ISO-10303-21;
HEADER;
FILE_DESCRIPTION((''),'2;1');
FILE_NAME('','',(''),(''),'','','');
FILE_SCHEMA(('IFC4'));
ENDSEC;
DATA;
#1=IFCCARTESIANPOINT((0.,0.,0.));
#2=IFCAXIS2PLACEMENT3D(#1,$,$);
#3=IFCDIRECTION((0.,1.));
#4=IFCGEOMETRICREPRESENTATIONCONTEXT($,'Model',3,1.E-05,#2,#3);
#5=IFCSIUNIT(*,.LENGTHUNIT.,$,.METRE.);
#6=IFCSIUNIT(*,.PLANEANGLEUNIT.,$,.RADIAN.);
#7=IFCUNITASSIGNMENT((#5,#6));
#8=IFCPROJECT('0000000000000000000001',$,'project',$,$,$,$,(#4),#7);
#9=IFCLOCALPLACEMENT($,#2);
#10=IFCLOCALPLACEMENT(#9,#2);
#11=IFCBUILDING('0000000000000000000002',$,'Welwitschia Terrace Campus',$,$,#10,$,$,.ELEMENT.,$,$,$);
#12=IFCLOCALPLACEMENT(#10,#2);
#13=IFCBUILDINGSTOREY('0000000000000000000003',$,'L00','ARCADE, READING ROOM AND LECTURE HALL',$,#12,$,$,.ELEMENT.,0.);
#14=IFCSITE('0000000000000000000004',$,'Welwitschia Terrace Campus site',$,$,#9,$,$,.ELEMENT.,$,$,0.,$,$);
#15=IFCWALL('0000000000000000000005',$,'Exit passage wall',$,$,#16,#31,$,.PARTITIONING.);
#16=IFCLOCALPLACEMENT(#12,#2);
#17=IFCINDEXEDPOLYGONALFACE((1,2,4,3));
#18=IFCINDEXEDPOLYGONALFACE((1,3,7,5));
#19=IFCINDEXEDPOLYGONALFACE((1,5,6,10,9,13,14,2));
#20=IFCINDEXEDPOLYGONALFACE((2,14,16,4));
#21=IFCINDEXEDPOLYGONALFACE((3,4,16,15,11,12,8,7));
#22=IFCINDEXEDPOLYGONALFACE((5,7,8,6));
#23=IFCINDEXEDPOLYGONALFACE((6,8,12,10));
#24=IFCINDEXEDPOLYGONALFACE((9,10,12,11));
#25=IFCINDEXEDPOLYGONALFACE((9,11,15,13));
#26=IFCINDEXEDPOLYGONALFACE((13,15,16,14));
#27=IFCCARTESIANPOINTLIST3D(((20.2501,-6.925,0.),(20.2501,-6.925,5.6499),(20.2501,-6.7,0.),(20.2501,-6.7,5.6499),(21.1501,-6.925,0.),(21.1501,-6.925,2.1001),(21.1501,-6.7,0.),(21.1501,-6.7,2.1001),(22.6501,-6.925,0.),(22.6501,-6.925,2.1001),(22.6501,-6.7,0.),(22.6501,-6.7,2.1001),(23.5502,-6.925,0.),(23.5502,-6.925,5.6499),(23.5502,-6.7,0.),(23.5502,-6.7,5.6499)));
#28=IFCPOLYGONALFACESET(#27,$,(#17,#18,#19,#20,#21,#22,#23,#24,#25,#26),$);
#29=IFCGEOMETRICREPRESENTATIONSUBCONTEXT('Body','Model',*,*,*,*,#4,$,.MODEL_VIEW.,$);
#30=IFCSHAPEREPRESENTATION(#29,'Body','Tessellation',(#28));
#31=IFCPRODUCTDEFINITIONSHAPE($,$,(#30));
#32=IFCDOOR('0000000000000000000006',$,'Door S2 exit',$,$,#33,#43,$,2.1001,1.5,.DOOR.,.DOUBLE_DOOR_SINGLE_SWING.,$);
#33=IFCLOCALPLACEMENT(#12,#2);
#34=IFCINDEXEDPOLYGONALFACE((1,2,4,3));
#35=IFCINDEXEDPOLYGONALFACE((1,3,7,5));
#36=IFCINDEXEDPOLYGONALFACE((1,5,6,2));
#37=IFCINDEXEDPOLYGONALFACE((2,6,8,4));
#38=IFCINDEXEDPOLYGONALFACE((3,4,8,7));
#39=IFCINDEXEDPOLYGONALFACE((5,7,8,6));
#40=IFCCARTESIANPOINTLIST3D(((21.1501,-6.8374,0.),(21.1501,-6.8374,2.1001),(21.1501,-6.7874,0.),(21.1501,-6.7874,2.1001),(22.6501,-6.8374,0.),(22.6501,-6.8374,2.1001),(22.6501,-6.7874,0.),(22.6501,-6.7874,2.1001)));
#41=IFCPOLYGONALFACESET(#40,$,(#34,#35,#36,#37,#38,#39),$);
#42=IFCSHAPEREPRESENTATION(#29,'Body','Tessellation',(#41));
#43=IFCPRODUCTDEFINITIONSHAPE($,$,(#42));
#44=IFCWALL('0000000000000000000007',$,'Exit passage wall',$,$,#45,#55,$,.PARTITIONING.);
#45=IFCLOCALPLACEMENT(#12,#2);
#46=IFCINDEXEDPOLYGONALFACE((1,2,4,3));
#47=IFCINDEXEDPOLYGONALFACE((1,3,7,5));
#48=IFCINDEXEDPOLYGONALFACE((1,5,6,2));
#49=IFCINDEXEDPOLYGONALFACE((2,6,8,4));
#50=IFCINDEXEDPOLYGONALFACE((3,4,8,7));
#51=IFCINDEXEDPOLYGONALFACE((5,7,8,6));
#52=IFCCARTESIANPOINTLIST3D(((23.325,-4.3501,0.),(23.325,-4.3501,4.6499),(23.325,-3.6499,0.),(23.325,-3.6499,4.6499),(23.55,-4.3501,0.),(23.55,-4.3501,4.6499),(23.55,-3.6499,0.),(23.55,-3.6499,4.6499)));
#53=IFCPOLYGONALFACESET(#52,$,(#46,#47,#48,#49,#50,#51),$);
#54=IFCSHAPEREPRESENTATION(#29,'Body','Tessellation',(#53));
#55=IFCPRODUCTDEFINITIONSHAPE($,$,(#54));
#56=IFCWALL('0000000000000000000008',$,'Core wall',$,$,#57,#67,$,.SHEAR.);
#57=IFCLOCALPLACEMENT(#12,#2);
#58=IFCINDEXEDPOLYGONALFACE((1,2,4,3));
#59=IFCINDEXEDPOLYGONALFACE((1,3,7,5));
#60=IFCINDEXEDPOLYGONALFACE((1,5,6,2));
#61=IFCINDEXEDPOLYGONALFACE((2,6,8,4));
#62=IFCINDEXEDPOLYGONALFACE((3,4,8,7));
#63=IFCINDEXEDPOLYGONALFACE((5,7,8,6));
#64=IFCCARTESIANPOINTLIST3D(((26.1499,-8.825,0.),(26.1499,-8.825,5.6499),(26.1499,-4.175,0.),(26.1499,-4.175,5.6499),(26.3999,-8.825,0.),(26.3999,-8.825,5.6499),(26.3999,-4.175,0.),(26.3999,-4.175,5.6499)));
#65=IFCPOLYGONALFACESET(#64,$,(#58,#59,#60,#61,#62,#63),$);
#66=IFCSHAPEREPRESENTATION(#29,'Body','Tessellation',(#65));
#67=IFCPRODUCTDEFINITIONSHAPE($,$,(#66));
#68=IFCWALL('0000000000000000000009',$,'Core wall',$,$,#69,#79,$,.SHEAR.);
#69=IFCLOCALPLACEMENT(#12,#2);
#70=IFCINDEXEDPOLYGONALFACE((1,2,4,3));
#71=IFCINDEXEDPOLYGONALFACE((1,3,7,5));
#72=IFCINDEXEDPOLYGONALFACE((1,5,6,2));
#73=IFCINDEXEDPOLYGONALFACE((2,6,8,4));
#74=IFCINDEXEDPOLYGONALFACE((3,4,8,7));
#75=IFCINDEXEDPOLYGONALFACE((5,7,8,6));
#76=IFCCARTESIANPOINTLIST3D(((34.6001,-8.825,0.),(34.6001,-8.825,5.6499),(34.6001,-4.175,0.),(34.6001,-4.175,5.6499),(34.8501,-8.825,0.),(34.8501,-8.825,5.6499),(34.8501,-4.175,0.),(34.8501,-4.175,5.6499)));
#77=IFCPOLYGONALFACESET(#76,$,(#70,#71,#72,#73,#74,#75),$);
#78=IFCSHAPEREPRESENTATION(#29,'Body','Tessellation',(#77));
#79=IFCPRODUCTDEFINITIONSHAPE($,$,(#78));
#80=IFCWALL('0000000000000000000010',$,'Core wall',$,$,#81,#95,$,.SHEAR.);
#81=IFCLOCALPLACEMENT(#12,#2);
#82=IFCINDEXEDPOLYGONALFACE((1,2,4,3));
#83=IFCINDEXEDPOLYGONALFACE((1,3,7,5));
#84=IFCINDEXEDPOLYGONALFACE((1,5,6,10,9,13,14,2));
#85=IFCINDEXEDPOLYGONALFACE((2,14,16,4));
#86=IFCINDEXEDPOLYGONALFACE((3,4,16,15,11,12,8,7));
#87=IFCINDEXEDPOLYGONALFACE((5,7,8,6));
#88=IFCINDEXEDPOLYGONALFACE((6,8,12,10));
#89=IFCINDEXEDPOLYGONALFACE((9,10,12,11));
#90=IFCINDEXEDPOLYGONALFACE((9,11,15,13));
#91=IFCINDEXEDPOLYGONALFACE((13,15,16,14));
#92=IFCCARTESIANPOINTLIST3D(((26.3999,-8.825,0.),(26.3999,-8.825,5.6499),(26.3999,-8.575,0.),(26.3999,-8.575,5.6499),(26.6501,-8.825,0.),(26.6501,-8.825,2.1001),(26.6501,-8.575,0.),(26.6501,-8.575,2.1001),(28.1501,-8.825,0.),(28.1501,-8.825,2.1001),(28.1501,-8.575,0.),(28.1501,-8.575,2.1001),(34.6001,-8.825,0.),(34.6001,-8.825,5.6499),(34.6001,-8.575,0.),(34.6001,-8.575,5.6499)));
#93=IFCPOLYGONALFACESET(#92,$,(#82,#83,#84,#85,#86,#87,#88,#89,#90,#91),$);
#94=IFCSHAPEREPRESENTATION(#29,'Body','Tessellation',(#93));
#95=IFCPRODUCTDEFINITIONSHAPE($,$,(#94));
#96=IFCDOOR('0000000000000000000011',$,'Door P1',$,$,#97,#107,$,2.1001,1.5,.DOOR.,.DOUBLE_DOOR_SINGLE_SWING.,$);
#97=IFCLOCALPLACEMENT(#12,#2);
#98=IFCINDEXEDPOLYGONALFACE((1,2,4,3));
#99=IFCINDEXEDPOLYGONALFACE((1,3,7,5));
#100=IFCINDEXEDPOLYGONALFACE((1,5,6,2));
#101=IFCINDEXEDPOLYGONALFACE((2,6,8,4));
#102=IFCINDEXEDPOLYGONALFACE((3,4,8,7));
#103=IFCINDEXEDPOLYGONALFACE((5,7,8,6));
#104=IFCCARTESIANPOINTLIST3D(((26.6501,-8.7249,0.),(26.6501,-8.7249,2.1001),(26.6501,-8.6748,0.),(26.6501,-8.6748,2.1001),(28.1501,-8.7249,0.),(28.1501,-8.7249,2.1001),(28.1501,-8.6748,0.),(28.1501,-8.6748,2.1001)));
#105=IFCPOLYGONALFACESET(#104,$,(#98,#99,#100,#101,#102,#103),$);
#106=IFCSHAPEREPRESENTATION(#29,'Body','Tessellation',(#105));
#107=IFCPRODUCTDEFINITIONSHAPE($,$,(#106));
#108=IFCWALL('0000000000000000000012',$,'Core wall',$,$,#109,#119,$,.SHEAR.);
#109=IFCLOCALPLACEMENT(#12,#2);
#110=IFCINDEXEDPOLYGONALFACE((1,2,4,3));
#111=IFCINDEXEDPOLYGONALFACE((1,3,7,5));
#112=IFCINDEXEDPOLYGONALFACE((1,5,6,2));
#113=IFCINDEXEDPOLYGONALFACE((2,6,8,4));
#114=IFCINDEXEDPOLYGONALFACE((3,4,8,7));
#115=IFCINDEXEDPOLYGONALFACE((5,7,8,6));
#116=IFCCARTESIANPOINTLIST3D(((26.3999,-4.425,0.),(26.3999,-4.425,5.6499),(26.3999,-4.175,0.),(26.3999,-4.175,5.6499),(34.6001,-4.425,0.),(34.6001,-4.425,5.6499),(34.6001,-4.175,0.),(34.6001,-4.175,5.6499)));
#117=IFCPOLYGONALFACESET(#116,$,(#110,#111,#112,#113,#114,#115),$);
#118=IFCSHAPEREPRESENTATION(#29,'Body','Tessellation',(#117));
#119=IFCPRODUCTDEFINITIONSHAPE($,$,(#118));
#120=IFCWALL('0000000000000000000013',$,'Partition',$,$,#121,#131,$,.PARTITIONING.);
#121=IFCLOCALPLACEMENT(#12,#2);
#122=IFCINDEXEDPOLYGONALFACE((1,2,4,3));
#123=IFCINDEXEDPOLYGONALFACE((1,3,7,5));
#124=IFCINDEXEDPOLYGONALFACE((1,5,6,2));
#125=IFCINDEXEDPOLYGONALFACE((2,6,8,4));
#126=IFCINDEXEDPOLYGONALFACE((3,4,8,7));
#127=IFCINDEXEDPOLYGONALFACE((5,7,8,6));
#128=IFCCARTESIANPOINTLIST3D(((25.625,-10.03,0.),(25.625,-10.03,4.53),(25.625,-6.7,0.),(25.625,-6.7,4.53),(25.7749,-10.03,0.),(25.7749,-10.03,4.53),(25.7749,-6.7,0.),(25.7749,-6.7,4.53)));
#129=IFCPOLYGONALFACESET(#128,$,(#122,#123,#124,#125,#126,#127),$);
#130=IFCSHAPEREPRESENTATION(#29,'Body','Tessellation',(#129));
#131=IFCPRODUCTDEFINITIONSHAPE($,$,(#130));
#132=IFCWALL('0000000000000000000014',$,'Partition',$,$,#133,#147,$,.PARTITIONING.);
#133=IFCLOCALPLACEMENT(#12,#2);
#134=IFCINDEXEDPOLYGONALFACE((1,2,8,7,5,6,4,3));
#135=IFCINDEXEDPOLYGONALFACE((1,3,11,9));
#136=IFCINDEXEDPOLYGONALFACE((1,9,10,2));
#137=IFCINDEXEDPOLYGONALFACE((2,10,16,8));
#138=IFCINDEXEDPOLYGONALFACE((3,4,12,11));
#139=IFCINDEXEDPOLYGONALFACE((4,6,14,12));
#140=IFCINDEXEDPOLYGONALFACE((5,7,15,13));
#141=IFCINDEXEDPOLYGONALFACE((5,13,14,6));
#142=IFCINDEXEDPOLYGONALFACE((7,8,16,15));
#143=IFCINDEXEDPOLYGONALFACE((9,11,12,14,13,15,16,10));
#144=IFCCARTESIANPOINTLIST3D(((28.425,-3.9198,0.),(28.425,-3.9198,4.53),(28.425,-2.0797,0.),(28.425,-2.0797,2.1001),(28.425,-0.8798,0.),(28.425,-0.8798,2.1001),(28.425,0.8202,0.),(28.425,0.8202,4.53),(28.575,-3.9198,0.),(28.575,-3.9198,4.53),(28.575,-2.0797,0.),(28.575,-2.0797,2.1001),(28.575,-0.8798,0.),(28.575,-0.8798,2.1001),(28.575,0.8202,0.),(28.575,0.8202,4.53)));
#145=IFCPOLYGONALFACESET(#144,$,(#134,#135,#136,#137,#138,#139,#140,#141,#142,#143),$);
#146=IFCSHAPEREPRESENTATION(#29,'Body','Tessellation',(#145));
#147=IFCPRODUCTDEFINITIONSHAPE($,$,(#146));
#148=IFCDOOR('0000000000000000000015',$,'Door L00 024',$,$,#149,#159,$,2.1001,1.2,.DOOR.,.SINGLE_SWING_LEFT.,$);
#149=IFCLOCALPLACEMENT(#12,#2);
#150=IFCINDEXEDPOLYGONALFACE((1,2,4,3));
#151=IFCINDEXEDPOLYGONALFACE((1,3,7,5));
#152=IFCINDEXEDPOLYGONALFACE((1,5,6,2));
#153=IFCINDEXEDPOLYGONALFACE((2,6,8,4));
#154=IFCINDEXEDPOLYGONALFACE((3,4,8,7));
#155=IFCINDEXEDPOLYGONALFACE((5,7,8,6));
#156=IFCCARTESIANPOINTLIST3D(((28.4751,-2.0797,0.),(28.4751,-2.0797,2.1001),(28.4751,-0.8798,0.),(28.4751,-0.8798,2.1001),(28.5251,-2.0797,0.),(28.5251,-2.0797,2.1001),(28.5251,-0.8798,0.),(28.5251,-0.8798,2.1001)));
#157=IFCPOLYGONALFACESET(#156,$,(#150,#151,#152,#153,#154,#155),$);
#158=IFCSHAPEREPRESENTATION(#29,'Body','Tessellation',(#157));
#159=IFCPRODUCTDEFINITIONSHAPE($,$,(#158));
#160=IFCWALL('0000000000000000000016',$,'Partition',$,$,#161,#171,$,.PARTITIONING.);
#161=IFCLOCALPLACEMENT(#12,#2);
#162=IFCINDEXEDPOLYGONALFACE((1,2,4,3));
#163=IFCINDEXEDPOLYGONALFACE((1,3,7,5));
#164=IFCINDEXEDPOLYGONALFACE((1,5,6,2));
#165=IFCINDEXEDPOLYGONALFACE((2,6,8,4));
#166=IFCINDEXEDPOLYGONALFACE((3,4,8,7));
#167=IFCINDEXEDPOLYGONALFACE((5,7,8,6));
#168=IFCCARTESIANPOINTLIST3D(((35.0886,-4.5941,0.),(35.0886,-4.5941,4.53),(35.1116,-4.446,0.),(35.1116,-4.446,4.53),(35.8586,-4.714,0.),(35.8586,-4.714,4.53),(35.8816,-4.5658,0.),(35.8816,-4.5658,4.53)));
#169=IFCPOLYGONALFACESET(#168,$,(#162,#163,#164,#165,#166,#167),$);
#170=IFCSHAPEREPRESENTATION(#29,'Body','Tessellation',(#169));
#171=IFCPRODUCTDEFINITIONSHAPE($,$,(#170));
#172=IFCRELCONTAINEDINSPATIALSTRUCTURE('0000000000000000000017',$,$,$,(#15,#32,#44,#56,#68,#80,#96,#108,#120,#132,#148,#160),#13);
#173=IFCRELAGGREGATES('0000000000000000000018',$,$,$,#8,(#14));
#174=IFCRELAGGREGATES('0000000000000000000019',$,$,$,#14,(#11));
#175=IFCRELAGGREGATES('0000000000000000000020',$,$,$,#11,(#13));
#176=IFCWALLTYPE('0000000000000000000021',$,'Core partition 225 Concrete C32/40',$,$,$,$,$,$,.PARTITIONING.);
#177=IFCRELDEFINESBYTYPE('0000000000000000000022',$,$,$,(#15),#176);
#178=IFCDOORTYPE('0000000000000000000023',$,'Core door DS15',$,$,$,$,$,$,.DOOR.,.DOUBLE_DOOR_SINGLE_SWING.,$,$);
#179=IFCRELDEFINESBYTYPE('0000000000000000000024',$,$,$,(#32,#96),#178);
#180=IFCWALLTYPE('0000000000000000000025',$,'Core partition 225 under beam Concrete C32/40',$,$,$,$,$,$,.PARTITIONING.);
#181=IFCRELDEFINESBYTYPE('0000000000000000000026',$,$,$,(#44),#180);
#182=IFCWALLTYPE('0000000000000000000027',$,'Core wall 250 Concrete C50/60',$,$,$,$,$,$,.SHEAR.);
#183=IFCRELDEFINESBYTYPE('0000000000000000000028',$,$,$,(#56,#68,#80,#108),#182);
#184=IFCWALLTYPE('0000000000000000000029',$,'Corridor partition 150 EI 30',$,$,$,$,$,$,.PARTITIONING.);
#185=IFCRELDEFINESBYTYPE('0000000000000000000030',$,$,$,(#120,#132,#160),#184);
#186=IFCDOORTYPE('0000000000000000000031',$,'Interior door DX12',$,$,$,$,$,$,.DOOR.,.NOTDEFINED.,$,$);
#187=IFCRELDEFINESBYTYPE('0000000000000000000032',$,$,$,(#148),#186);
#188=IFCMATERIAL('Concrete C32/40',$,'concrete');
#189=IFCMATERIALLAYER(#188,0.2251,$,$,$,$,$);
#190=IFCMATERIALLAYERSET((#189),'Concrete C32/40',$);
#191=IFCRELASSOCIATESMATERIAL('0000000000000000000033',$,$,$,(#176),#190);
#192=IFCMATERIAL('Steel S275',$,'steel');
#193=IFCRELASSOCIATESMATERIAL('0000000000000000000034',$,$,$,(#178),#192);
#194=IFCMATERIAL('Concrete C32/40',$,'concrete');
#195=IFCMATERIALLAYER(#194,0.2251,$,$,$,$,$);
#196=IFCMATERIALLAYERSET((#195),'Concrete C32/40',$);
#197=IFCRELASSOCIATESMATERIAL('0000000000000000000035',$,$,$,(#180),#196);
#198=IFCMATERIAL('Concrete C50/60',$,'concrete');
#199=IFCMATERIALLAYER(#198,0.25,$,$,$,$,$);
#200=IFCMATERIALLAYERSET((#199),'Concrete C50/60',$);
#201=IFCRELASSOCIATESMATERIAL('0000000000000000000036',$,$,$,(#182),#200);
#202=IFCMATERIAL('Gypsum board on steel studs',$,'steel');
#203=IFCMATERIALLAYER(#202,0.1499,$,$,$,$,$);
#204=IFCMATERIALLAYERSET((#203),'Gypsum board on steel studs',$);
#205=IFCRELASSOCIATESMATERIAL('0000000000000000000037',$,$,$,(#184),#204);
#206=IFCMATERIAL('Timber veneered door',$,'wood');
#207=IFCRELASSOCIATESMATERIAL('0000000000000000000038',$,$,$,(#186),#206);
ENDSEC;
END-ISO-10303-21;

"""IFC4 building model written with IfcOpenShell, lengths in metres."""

from ifc_helpers import new_model, si_unit, direction, frame, frame_2d, origin, place, context, subcontext, project, spatial, rectangle, extrude, material, layer, layer_set, type_object, element, fill, save


model = new_model("IFC4")

# Units and contexts
model_context = context("Model", 3, precision=1e-05, world=origin(), true_north=direction((0.0, 1.0)))
body_context = subcontext(model_context, "Body", "Model", "MODEL_VIEW")
ifc_project = project(units=[si_unit("LENGTHUNIT", "METRE"), si_unit("PLANEANGLEUNIT", "RADIAN")], contexts=[model_context])

# Site, building, storey
site_placement = place(None, origin())
site = spatial("IfcSite", under=ifc_project, at=site_placement, Name="Welwitschia Terrace Campus site", CompositionType="ELEMENT", RefElevation=0.0)
building_placement = place(site_placement, origin())
building = spatial("IfcBuilding", under=site, at=building_placement, Name="Welwitschia Terrace Campus", CompositionType="ELEMENT")
storey_placement = place(building_placement, origin())
storey = spatial("IfcBuildingStorey", under=building, at=storey_placement, Name="L00", Description="ARCADE, READING ROOM AND LECTURE HALL", CompositionType="ELEMENT", Elevation=0.0)

# Wall, opening, door
ifc_material_1 = material(Name="Concrete C32/40", Category="concrete")
ifc_layer_1 = layer(ifc_material_1, 0.2251)
ifc_layer_set_1 = layer_set([ifc_layer_1], Name="Concrete C32/40")
wall_type_1 = type_object("IfcWallType", Name="Core partition 225 Concrete C32/40", PredefinedType="PARTITIONING", material=ifc_layer_set_1)
wall_1_placement = place(storey_placement, frame((23.55, -6.8125, 0.0), z_axis=(0.0, 0.0, 1.0), x_axis=(-1.0, 0.0, 0.0)))
wall_1 = element("IfcWall", 1, at=wall_1_placement, inside=storey, type_object=wall_type_1, Name="Exit passage wall", PredefinedType="PARTITIONING", context=body_context, shape_type="SweptSolid", body=[
    extrude(rectangle(XDim=3.3, YDim=0.2251, at=frame_2d((1.6499, 0.0))), origin(), (0.0, 0.0, 1.0), 5.6499),
])
opening_1_placement = place(wall_1_placement, frame((0.8999, 0.0, 0.0)))
opening_1 = element("IfcOpeningElement", 2, at=opening_1_placement, cuts=wall_1, PredefinedType="OPENING", context=body_context, shape_type="SweptSolid", body=[
    extrude(rectangle(XDim=1.5, YDim=2.1001, at=frame_2d((0.75, 1.05))), frame((0.0, 0.1226, 0.0), z_axis=(0.0, -1.0, 0.0), x_axis=(1.0, 0.0, 0.0)), (0.0, 0.0, 1.0), 0.2451),
])
ifc_material_2 = material(Name="Steel S275", Category="steel")
door_type_1 = type_object("IfcDoorType", Name="Core door DS15", OperationType="DOUBLE_DOOR_SINGLE_SWING", PredefinedType="DOOR", material=ifc_material_2)
door_1_placement = place(opening_1_placement, origin())
door_1 = element("IfcDoor", 3, at=door_1_placement, inside=storey, type_object=door_type_1, Name="Door S2 exit", OperationType="DOUBLE_DOOR_SINGLE_SWING", OverallHeight=2.1001, OverallWidth=1.5, PredefinedType="DOOR", context=body_context, shape_type="SweptSolid", body=[
    extrude(rectangle(XDim=1.5, YDim=2.1001, at=frame_2d((0.75, 1.05))), frame((0.0, 0.0249, 0.0), z_axis=(0.0, -1.0, 0.0), x_axis=(1.0, 0.0, 0.0)), (0.0, 0.0, 1.0), 0.05),
])
fill(opening_1, door_1)

# Walls
ifc_material_3 = material(Name="Concrete C32/40", Category="concrete")
ifc_layer_2 = layer(ifc_material_3, 0.2251)
ifc_layer_set_2 = layer_set([ifc_layer_2], Name="Concrete C32/40")
wall_type_2 = type_object("IfcWallType", Name="Core partition 225 under beam Concrete C32/40", PredefinedType="PARTITIONING", material=ifc_layer_set_2)
wall_2_placement = place(storey_placement, frame((23.4375, -3.6499, 0.0), z_axis=(0.0, 0.0, 1.0), x_axis=(0.0, -1.0, 0.0)))
element("IfcWall", 4, at=wall_2_placement, inside=storey, type_object=wall_type_2, Name="Exit passage wall", PredefinedType="PARTITIONING", context=body_context, shape_type="SweptSolid", body=[
    extrude(rectangle(XDim=0.7002, YDim=0.2251, at=frame_2d((0.3501, 0.0))), origin(), (0.0, 0.0, 1.0), 4.6499),
])
ifc_material_4 = material(Name="Concrete C50/60", Category="concrete")
ifc_layer_3 = layer(ifc_material_4, 0.25)
ifc_layer_set_3 = layer_set([ifc_layer_3], Name="Concrete C50/60")
wall_type_3 = type_object("IfcWallType", Name="Core wall 250 Concrete C50/60", PredefinedType="SHEAR", material=ifc_layer_set_3)
for number, where, z_axis, x_axis, name in (
    (5, (26.2749, -8.825, 0.0), (0.0, 0.0, 1.0), (0.0, 1.0, 0.0), "Core wall"),
    (6, (34.7251, -8.825, 0.0), (0.0, 0.0, 1.0), (0.0, 1.0, 0.0), "Core wall"),
):
    element("IfcWall", number, at=place(storey_placement, frame(where, z_axis=z_axis, x_axis=x_axis)), inside=storey, type_object=wall_type_3, Name=name, PredefinedType="SHEAR", context=body_context, shape_type="SweptSolid", body=[
        extrude(rectangle(XDim=4.6499, YDim=0.25, at=frame_2d((2.325, 0.0))), origin(), (0.0, 0.0, 1.0), 5.6499),
    ])

# Wall, opening, door
wall_3_placement = place(storey_placement, frame((34.6001, -8.7, 0.0), z_axis=(0.0, 0.0, 1.0), x_axis=(-1.0, 0.0, 0.0)))
wall_3 = element("IfcWall", 7, at=wall_3_placement, inside=storey, type_object=wall_type_3, Name="Core wall", PredefinedType="SHEAR", context=body_context, shape_type="SweptSolid", body=[
    extrude(rectangle(XDim=8.2002, YDim=0.25, at=frame_2d((4.1001, 0.0))), origin(), (0.0, 0.0, 1.0), 5.6499),
])
opening_2_placement = place(wall_3_placement, frame((6.45, 0.0, 0.0)))
opening_2 = element("IfcOpeningElement", 8, at=opening_2_placement, cuts=wall_3, PredefinedType="OPENING", context=body_context, shape_type="SweptSolid", body=[
    extrude(rectangle(XDim=1.5, YDim=2.1001, at=frame_2d((0.75, 1.05))), frame((0.0, 0.135, 0.0), z_axis=(0.0, -1.0, 0.0), x_axis=(1.0, 0.0, 0.0)), (0.0, 0.0, 1.0), 0.27),
])
door_2_placement = place(opening_2_placement, origin())
door_2 = element("IfcDoor", 9, at=door_2_placement, inside=storey, type_object=door_type_1, Name="Door P1", OperationType="DOUBLE_DOOR_SINGLE_SWING", OverallHeight=2.1001, OverallWidth=1.5, PredefinedType="DOOR", context=body_context, shape_type="SweptSolid", body=[
    extrude(rectangle(XDim=1.5, YDim=2.1001, at=frame_2d((0.75, 1.05))), frame((0.0, 0.0249, 0.0), z_axis=(0.0, -1.0, 0.0), x_axis=(1.0, 0.0, 0.0)), (0.0, 0.0, 1.0), 0.05),
])
fill(opening_2, door_2)

# Walls
wall_4_placement = place(storey_placement, frame((26.3999, -4.3, 0.0), z_axis=(0.0, 0.0, 1.0), x_axis=(1.0, 0.0, 0.0)))
element("IfcWall", 10, at=wall_4_placement, inside=storey, type_object=wall_type_3, Name="Core wall", PredefinedType="SHEAR", context=body_context, shape_type="SweptSolid", body=[
    extrude(rectangle(XDim=8.2002, YDim=0.25, at=frame_2d((4.1001, 0.0))), origin(), (0.0, 0.0, 1.0), 5.6499),
])
ifc_material_5 = material(Name="Gypsum board on steel studs", Category="steel")
ifc_layer_4 = layer(ifc_material_5, 0.1499)
ifc_layer_set_4 = layer_set([ifc_layer_4], Name="Gypsum board on steel studs")
wall_type_4 = type_object("IfcWallType", Name="Corridor partition 150 EI 30", PredefinedType="PARTITIONING", material=ifc_layer_set_4)
wall_5_placement = place(storey_placement, frame((25.7, -10.03, 0.0), z_axis=(0.0, 0.0, 1.0), x_axis=(0.0, 1.0, 0.0)))
element("IfcWall", 11, at=wall_5_placement, inside=storey, type_object=wall_type_4, Name="Partition", PredefinedType="PARTITIONING", context=body_context, shape_type="SweptSolid", body=[
    extrude(rectangle(XDim=3.3301, YDim=0.1499, at=frame_2d((1.665, 0.0))), origin(), (0.0, 0.0, 1.0), 4.53),
])

# Wall, opening, door
wall_6_placement = place(storey_placement, frame((28.5, -3.9199, 0.0), z_axis=(0.0, 0.0, 1.0), x_axis=(0.0, 1.0, 0.0)))
wall_6 = element("IfcWall", 12, at=wall_6_placement, inside=storey, type_object=wall_type_4, Name="Partition", PredefinedType="PARTITIONING", context=body_context, shape_type="SweptSolid", body=[
    extrude(rectangle(XDim=4.74, YDim=0.1499, at=frame_2d((2.3701, 0.0))), origin(), (0.0, 0.0, 1.0), 4.53),
])
opening_3_placement = place(wall_6_placement, frame((1.8401, 0.0, 0.0)))
opening_3 = element("IfcOpeningElement", 13, at=opening_3_placement, cuts=wall_6, PredefinedType="OPENING", context=body_context, shape_type="SweptSolid", body=[
    extrude(rectangle(XDim=1.2, YDim=2.1001, at=frame_2d((0.6001, 1.05))), frame((0.0, 0.085, 0.0), z_axis=(0.0, -1.0, 0.0), x_axis=(1.0, 0.0, 0.0)), (0.0, 0.0, 1.0), 0.1699),
])
ifc_material_6 = material(Name="Timber veneered door", Category="wood")
door_type_2 = type_object("IfcDoorType", Name="Interior door DX12", OperationType="NOTDEFINED", PredefinedType="DOOR", material=ifc_material_6)
door_3_placement = place(opening_3_placement, origin())
door_3 = element("IfcDoor", 14, at=door_3_placement, inside=storey, type_object=door_type_2, Name="Door L00 024", OperationType="SINGLE_SWING_LEFT", OverallHeight=2.1001, OverallWidth=1.2, PredefinedType="DOOR", context=body_context, shape_type="SweptSolid", body=[
    extrude(rectangle(XDim=1.2, YDim=2.1001, at=frame_2d((0.6001, 1.05))), frame((0.0, 0.0249, 0.0), z_axis=(0.0, -1.0, 0.0), x_axis=(1.0, 0.0, 0.0)), (0.0, 0.0, 1.0), 0.05),
])
fill(opening_3, door_3)

# Wall
wall_7_placement = place(storey_placement, frame((35.1001, -4.52, 0.0), z_axis=(0.0, 0.0, 1.0), x_axis=(0.988098, -0.153823, 0.0)))
element("IfcWall", 15, at=wall_7_placement, inside=storey, type_object=wall_type_4, Name="Partition", PredefinedType="PARTITIONING", context=body_context, shape_type="SweptSolid", body=[
    extrude(rectangle(XDim=0.7793, YDim=0.1499, at=frame_2d((0.3896, 0.0))), origin(), (0.0, 0.0, 1.0), 4.53),
])

save(model, "model.ifc")
